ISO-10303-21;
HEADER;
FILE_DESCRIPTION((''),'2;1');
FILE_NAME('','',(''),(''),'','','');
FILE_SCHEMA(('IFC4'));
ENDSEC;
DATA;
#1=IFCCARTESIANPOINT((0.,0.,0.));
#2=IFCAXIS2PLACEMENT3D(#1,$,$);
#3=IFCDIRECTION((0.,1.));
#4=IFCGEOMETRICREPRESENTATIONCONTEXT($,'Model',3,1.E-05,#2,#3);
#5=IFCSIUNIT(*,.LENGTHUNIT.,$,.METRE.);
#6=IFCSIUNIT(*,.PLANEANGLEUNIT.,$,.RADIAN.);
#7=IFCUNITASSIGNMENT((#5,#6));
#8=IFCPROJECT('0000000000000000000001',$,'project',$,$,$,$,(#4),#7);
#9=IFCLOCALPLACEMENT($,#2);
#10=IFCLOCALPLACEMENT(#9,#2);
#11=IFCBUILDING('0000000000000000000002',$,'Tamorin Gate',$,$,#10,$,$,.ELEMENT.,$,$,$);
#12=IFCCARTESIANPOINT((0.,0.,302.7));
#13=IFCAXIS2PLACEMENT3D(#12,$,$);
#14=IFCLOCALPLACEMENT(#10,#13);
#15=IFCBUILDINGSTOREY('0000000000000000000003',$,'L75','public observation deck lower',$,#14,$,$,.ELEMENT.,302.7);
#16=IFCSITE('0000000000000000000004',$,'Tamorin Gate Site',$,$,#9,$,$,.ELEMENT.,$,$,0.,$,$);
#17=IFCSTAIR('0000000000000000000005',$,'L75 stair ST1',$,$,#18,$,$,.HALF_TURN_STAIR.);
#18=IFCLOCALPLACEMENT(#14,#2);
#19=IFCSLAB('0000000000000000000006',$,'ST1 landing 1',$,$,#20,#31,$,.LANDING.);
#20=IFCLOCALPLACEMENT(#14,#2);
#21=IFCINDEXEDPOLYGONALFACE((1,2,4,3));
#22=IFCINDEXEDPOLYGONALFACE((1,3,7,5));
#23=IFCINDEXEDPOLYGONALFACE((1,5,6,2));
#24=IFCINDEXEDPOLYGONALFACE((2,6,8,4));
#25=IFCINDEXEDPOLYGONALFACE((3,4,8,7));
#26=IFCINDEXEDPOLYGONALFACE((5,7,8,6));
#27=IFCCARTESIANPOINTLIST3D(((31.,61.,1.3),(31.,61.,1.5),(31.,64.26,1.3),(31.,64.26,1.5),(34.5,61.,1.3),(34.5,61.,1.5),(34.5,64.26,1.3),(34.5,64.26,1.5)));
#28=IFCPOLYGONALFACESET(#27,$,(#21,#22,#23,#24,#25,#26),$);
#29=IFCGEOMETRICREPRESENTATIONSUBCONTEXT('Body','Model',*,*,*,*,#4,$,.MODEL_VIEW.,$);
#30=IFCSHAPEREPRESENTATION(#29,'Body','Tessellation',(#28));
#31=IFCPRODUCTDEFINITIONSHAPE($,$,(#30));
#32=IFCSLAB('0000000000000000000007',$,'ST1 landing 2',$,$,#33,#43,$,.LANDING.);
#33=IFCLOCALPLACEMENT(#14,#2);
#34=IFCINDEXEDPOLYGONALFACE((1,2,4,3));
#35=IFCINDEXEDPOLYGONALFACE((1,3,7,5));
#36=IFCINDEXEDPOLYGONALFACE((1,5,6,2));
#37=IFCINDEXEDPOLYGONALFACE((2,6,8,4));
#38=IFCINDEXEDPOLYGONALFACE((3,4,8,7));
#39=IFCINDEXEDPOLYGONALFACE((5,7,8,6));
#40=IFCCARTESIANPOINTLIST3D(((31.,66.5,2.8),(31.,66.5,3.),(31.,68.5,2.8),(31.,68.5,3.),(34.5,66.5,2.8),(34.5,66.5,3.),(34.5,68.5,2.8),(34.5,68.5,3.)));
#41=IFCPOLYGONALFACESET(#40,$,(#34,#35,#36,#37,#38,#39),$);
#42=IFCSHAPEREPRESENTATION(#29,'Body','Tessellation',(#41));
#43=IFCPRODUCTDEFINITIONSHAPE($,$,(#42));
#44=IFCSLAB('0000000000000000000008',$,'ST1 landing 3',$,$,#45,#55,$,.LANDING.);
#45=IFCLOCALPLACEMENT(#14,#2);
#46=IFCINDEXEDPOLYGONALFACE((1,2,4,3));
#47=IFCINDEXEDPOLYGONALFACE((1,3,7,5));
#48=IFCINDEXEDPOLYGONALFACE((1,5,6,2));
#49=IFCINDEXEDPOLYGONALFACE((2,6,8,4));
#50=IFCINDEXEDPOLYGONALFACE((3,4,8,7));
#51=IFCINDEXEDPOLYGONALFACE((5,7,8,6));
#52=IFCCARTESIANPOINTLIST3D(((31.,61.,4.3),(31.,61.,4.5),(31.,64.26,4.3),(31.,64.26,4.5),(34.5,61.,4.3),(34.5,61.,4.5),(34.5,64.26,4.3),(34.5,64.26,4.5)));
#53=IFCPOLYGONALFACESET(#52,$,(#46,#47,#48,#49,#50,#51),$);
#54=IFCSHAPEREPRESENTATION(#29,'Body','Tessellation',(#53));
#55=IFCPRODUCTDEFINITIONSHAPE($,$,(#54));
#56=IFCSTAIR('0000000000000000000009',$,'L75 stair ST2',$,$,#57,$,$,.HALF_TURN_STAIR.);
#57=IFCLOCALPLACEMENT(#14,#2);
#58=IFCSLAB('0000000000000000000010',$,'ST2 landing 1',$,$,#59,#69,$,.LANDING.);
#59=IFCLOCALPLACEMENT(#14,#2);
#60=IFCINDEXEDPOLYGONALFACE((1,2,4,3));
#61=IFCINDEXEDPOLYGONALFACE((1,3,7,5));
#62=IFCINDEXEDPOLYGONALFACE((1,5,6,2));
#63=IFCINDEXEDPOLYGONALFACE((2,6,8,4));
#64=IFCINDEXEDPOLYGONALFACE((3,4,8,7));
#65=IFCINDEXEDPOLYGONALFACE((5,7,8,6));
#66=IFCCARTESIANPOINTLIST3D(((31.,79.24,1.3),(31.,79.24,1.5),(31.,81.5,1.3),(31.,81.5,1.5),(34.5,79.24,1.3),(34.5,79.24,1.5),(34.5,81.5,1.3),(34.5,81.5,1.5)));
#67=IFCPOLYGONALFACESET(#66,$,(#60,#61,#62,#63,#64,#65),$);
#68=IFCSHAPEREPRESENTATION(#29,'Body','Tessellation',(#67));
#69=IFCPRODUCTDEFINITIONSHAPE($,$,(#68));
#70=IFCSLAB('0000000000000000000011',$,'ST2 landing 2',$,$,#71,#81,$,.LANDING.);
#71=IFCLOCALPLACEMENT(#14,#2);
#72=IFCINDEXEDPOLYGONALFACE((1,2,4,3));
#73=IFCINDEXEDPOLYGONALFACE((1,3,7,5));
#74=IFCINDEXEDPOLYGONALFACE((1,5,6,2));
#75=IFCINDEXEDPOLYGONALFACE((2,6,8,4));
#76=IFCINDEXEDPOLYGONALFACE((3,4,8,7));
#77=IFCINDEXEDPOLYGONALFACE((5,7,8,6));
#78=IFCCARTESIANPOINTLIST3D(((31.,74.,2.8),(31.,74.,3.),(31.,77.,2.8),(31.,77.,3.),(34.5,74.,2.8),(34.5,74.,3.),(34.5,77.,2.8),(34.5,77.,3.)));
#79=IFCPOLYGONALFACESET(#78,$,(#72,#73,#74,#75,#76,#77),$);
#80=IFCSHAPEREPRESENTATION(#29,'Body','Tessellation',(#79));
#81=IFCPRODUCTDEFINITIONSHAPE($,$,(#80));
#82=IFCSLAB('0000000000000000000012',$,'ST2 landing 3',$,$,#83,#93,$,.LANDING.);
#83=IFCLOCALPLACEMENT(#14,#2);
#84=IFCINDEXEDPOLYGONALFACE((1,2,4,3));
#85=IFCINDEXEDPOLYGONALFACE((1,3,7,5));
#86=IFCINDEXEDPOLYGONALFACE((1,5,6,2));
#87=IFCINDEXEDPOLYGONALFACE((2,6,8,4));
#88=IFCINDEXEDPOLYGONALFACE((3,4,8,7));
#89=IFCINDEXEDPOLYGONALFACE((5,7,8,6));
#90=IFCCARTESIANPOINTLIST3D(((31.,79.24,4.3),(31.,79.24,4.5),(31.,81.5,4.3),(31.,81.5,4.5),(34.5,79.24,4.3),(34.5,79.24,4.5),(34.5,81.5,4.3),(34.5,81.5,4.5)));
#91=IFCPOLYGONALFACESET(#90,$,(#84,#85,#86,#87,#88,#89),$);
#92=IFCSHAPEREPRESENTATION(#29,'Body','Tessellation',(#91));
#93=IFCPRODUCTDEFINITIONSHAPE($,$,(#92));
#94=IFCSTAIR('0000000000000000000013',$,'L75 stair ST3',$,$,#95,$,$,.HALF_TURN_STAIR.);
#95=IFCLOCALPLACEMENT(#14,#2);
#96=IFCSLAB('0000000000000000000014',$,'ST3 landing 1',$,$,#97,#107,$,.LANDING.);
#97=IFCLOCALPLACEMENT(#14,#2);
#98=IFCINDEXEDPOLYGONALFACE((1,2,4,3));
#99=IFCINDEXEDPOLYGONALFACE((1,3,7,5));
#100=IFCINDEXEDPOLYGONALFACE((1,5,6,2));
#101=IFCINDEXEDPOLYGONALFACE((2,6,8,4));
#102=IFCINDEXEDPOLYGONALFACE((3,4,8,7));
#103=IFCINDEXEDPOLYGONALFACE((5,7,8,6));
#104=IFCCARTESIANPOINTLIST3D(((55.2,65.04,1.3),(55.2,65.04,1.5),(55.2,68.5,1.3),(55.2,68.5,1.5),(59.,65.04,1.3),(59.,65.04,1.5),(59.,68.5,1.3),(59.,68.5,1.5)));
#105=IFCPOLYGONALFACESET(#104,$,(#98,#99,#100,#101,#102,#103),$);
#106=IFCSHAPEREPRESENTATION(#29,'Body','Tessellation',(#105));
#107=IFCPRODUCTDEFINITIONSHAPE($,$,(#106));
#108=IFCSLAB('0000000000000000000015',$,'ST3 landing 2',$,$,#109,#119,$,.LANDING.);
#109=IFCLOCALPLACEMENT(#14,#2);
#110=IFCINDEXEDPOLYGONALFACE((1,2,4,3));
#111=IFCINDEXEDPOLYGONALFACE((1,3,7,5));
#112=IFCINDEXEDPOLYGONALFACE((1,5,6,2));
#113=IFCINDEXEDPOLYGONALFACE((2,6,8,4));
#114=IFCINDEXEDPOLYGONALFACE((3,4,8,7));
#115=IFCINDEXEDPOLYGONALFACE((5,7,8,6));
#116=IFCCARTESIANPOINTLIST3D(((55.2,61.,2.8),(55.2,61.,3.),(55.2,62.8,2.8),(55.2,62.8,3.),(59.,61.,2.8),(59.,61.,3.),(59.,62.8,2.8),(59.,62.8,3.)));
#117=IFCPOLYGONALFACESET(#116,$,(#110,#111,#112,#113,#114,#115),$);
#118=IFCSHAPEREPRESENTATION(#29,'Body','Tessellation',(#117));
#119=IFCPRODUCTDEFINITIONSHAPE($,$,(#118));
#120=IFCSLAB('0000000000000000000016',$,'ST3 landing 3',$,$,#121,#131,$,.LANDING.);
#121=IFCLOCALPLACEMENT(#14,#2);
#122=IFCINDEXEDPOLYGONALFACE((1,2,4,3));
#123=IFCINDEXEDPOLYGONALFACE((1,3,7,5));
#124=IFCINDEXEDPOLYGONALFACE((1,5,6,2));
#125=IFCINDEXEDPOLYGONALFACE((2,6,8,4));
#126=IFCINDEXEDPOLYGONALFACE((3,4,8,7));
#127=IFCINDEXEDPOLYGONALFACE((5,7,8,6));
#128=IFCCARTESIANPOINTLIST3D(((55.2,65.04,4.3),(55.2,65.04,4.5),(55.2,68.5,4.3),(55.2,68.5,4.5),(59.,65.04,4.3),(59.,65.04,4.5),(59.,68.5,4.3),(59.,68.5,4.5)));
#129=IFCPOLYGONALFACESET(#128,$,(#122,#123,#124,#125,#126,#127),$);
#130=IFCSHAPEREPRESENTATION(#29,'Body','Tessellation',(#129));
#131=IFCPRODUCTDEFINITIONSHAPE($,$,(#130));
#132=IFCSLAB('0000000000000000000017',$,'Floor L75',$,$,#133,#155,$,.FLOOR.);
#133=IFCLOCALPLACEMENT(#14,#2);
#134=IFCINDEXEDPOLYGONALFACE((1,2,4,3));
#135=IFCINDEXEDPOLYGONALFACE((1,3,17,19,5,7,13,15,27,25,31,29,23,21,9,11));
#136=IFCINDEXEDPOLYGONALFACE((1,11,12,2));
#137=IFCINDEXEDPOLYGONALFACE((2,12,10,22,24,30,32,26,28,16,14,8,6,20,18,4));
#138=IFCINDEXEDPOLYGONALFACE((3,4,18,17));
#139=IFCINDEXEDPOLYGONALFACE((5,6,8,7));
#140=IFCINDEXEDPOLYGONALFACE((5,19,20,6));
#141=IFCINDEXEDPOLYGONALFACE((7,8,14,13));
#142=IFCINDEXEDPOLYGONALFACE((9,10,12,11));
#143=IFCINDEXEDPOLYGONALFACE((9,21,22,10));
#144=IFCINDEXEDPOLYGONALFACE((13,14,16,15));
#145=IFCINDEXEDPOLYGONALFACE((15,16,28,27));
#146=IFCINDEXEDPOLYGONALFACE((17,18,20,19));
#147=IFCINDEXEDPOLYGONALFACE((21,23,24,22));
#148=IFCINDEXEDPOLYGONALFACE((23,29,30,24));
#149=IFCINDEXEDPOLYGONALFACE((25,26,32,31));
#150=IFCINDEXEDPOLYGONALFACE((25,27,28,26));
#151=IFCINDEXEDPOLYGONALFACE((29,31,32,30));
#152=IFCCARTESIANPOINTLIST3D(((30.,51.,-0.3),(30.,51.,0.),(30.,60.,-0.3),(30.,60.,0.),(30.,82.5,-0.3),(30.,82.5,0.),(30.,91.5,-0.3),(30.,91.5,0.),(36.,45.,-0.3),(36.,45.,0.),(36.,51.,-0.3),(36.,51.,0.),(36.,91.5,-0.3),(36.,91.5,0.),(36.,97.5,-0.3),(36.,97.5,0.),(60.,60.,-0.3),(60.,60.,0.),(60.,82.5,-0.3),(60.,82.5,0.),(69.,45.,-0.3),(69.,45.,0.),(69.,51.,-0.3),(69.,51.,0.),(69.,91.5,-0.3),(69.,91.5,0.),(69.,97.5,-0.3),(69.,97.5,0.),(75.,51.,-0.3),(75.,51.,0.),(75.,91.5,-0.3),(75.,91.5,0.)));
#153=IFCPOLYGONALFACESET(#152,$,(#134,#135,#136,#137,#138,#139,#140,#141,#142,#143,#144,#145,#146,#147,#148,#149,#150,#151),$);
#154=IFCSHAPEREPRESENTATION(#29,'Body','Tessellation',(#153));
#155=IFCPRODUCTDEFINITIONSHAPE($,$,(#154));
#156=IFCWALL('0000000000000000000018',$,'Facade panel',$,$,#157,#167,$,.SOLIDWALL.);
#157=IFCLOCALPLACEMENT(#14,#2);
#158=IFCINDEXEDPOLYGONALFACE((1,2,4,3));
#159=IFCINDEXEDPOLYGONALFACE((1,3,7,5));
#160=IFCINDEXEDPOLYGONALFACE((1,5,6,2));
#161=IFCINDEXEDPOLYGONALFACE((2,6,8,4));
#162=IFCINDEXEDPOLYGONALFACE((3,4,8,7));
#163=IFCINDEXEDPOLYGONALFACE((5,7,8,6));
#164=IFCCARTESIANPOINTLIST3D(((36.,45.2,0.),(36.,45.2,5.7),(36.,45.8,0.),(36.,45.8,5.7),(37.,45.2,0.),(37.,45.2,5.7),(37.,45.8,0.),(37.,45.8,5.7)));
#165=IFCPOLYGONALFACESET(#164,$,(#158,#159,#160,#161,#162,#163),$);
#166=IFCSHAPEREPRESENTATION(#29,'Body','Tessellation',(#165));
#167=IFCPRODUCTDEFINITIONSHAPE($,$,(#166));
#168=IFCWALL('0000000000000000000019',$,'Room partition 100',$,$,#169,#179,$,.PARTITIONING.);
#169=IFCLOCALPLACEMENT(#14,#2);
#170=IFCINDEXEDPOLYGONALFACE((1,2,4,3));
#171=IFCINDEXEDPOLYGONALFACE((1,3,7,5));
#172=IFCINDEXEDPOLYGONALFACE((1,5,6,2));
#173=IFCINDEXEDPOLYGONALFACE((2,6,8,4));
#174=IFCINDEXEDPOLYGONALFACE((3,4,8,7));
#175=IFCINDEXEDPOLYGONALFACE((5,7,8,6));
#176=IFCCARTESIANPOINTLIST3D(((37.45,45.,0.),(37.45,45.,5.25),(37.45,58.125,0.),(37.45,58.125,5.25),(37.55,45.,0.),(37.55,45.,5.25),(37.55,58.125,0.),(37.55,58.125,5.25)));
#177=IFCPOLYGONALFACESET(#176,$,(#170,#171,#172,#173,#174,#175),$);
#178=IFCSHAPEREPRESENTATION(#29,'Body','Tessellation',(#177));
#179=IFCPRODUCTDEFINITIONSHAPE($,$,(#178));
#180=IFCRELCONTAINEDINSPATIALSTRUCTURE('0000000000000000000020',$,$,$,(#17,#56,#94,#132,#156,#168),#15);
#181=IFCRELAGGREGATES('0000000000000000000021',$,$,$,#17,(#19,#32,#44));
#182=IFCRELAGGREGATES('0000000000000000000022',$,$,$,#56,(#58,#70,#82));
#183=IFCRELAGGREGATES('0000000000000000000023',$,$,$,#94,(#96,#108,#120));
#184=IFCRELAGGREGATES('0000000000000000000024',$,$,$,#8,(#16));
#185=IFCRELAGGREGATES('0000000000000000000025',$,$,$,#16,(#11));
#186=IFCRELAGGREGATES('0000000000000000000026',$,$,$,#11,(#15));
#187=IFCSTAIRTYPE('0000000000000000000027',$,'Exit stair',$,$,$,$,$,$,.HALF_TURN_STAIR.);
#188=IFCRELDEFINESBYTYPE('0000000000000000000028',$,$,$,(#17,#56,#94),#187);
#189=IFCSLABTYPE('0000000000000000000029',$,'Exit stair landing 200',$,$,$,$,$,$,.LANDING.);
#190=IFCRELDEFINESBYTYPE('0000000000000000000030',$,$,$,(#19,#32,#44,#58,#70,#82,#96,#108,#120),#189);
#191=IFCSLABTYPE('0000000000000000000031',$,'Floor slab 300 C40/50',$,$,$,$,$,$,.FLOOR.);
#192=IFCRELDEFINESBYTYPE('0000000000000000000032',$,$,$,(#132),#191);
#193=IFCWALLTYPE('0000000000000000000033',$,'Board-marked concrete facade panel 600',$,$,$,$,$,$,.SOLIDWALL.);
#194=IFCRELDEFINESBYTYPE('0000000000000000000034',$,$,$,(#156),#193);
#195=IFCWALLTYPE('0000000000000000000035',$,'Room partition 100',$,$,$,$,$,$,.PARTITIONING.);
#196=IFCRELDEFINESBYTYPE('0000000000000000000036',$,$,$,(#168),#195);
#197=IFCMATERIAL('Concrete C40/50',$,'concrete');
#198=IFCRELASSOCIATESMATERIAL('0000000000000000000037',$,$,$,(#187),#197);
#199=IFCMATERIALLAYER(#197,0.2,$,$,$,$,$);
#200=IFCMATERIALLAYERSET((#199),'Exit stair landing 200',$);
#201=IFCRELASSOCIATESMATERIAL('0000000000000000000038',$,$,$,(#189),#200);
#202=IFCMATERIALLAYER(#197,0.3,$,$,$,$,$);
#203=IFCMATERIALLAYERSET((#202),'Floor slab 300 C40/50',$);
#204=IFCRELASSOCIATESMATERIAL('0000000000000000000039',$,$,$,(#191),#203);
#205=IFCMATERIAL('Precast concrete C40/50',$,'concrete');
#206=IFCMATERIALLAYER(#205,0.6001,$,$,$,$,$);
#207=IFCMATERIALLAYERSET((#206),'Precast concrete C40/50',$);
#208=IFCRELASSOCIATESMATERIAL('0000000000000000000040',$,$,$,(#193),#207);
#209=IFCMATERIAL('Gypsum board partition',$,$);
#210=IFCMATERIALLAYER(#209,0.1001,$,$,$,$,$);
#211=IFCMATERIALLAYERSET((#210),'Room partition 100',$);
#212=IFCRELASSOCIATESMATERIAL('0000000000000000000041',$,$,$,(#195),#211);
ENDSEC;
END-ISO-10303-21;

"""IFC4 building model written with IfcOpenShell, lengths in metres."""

from ifc_helpers import new_model, si_unit, direction, frame, frame_2d, origin, place, context, subcontext, project, spatial, polyline, rectangle, outline, extrude, material, layer, layer_set, type_object, element, aggregate, save


model = new_model("IFC4")

# Units and contexts
model_context = context("Model", 3, precision=1e-05, world=origin(), true_north=direction((0.0, 1.0)))
body_context = subcontext(model_context, "Body", "Model", "MODEL_VIEW")
ifc_project = project(units=[si_unit("LENGTHUNIT", "METRE"), si_unit("PLANEANGLEUNIT", "RADIAN")], contexts=[model_context])

# Site, building, storey
site_placement = place(None, origin())
site = spatial("IfcSite", under=ifc_project, at=site_placement, Name="Tamorin Gate Site", CompositionType="ELEMENT", RefElevation=0.0)
building_placement = place(site_placement, origin())
building = spatial("IfcBuilding", under=site, at=building_placement, Name="Tamorin Gate", CompositionType="ELEMENT")
storey_placement = place(building_placement, frame((0.0, 0.0, 302.7)))
storey = spatial("IfcBuildingStorey", under=building, at=storey_placement, Name="L75", Description="public observation deck lower", CompositionType="ELEMENT", Elevation=302.7)

# Shared definitions
ifc_material_1 = material(Name="Concrete C40/50", Category="concrete")

# Stairs, slabs
stair_type = type_object("IfcStairType", Name="Exit stair", PredefinedType="HALF_TURN_STAIR", material=ifc_material_1)
stair_1_placement = place(storey_placement, origin())
stair_1 = element("IfcStair", 1, at=stair_1_placement, inside=storey, type_object=stair_type, Name="L75 stair ST1", PredefinedType="HALF_TURN_STAIR")
ifc_layer_1 = layer(ifc_material_1, 0.2)
ifc_layer_set_1 = layer_set([ifc_layer_1], Name="Exit stair landing 200")
slab_type_1 = type_object("IfcSlabType", Name="Exit stair landing 200", PredefinedType="LANDING", material=ifc_layer_set_1)
slab_1_placement = place(storey_placement, frame((0.0, 0.0, 1.3)))
slab_1 = element("IfcSlab", 2, at=slab_1_placement, type_object=slab_type_1, Name="ST1 landing 1", PredefinedType="LANDING", context=body_context, shape_type="SweptSolid", body=[
    extrude(outline(polyline([(31.0, 64.26), (31.0, 61.0), (34.5, 61.0), (34.5, 64.26), (31.0, 64.26)])), origin(), (0.0, 0.0, 1.0), 0.2),
])
slab_2_placement = place(storey_placement, frame((0.0, 0.0, 2.8)))
slab_2 = element("IfcSlab", 3, at=slab_2_placement, type_object=slab_type_1, Name="ST1 landing 2", PredefinedType="LANDING", context=body_context, shape_type="SweptSolid", body=[
    extrude(outline(polyline([(31.0, 68.5), (31.0, 66.5), (34.5, 66.5), (34.5, 68.5), (31.0, 68.5)])), origin(), (0.0, 0.0, 1.0), 0.2),
])
slab_3_placement = place(storey_placement, frame((0.0, 0.0, 4.3)))
slab_3 = element("IfcSlab", 4, at=slab_3_placement, type_object=slab_type_1, Name="ST1 landing 3", PredefinedType="LANDING", context=body_context, shape_type="SweptSolid", body=[
    extrude(outline(polyline([(31.0, 64.26), (31.0, 61.0), (34.5, 61.0), (34.5, 64.26), (31.0, 64.26)])), origin(), (0.0, 0.0, 1.0), 0.2),
])
aggregate(stair_1, [slab_1, slab_2, slab_3])
stair_2_placement = place(storey_placement, origin())
stair_2 = element("IfcStair", 5, at=stair_2_placement, inside=storey, type_object=stair_type, Name="L75 stair ST2", PredefinedType="HALF_TURN_STAIR")
slab_4_placement = place(storey_placement, frame((0.0, 0.0, 1.3)))
slab_4 = element("IfcSlab", 6, at=slab_4_placement, type_object=slab_type_1, Name="ST2 landing 1", PredefinedType="LANDING", context=body_context, shape_type="SweptSolid", body=[
    extrude(outline(polyline([(34.5, 79.24), (34.5, 81.5), (31.0, 81.5), (31.0, 79.24), (34.5, 79.24)])), origin(), (0.0, 0.0, 1.0), 0.2),
])
slab_5_placement = place(storey_placement, frame((0.0, 0.0, 2.8)))
slab_5 = element("IfcSlab", 7, at=slab_5_placement, type_object=slab_type_1, Name="ST2 landing 2", PredefinedType="LANDING", context=body_context, shape_type="SweptSolid", body=[
    extrude(outline(polyline([(34.5, 74.0), (34.5, 77.0), (31.0, 77.0), (31.0, 74.0), (34.5, 74.0)])), origin(), (0.0, 0.0, 1.0), 0.2),
])
slab_6_placement = place(storey_placement, frame((0.0, 0.0, 4.3)))
slab_6 = element("IfcSlab", 8, at=slab_6_placement, type_object=slab_type_1, Name="ST2 landing 3", PredefinedType="LANDING", context=body_context, shape_type="SweptSolid", body=[
    extrude(outline(polyline([(34.5, 79.24), (34.5, 81.5), (31.0, 81.5), (31.0, 79.24), (34.5, 79.24)])), origin(), (0.0, 0.0, 1.0), 0.2),
])
aggregate(stair_2, [slab_4, slab_5, slab_6])
stair_3_placement = place(storey_placement, origin())
stair_3 = element("IfcStair", 9, at=stair_3_placement, inside=storey, type_object=stair_type, Name="L75 stair ST3", PredefinedType="HALF_TURN_STAIR")
slab_7_placement = place(storey_placement, frame((0.0, 0.0, 1.3)))
slab_7 = element("IfcSlab", 10, at=slab_7_placement, type_object=slab_type_1, Name="ST3 landing 1", PredefinedType="LANDING", context=body_context, shape_type="SweptSolid", body=[
    extrude(outline(polyline([(59.0, 65.04), (59.0, 68.5), (55.2, 68.5), (55.2, 65.04), (59.0, 65.04)])), origin(), (0.0, 0.0, 1.0), 0.2),
])
slab_8_placement = place(storey_placement, frame((0.0, 0.0, 2.8)))
slab_8 = element("IfcSlab", 11, at=slab_8_placement, type_object=slab_type_1, Name="ST3 landing 2", PredefinedType="LANDING", context=body_context, shape_type="SweptSolid", body=[
    extrude(outline(polyline([(59.0, 61.0), (59.0, 62.8), (55.2, 62.8), (55.2, 61.0), (59.0, 61.0)])), origin(), (0.0, 0.0, 1.0), 0.2),
])
slab_9_placement = place(storey_placement, frame((0.0, 0.0, 4.3)))
slab_9 = element("IfcSlab", 12, at=slab_9_placement, type_object=slab_type_1, Name="ST3 landing 3", PredefinedType="LANDING", context=body_context, shape_type="SweptSolid", body=[
    extrude(outline(polyline([(59.0, 65.04), (59.0, 68.5), (55.2, 68.5), (55.2, 65.04), (59.0, 65.04)])), origin(), (0.0, 0.0, 1.0), 0.2),
])
aggregate(stair_3, [slab_7, slab_8, slab_9])

# Slab
ifc_layer_2 = layer(ifc_material_1, 0.3)
ifc_layer_set_2 = layer_set([ifc_layer_2], Name="Floor slab 300 C40/50")
slab_type_2 = type_object("IfcSlabType", Name="Floor slab 300 C40/50", PredefinedType="FLOOR", material=ifc_layer_set_2)
slab_10_placement = place(storey_placement, frame((0.0, 0.0, -0.3)))
element("IfcSlab", 13, at=slab_10_placement, inside=storey, type_object=slab_type_2, Name="Floor L75", PredefinedType="FLOOR", context=body_context, shape_type="SweptSolid", body=[
    extrude(outline(polyline([(30.0, 91.5), (36.0, 91.5), (36.0, 97.5), (69.0, 97.5), (69.0, 91.5), (75.0, 91.5), (75.0, 51.0), (69.0, 51.0), (69.0, 45.0), (36.0, 45.0), (36.0, 51.0), (30.0, 51.0), (30.0, 60.0), (60.0, 60.0), (60.0, 82.5), (30.0, 82.5), (30.0, 91.5)])), origin(), (0.0, 0.0, 1.0), 0.3),
])

# Walls
ifc_material_2 = material(Name="Precast concrete C40/50", Category="concrete")
ifc_layer_3 = layer(ifc_material_2, 0.6001)
ifc_layer_set_3 = layer_set([ifc_layer_3], Name="Precast concrete C40/50")
wall_type_1 = type_object("IfcWallType", Name="Board-marked concrete facade panel 600", PredefinedType="SOLIDWALL", material=ifc_layer_set_3)
wall_1_placement = place(storey_placement, frame((36.0, 45.5, 0.0), z_axis=(0.0, 0.0, 1.0), x_axis=(1.0, 0.0, 0.0)))
element("IfcWall", 14, at=wall_1_placement, inside=storey, type_object=wall_type_1, Name="Facade panel", PredefinedType="SOLIDWALL", context=body_context, shape_type="SweptSolid", body=[
    extrude(rectangle(XDim=1.0, YDim=0.6001, at=frame_2d((0.5, 0.0))), origin(), (0.0, 0.0, 1.0), 5.7),
])
ifc_material_3 = material(Name="Gypsum board partition")
ifc_layer_4 = layer(ifc_material_3, 0.1001)
ifc_layer_set_4 = layer_set([ifc_layer_4], Name="Room partition 100")
wall_type_2 = type_object("IfcWallType", Name="Room partition 100", PredefinedType="PARTITIONING", material=ifc_layer_set_4)
wall_2_placement = place(storey_placement, frame((37.5, 45.0, 0.0), z_axis=(0.0, 0.0, 1.0), x_axis=(0.0, 1.0, 0.0)))
element("IfcWall", 15, at=wall_2_placement, inside=storey, type_object=wall_type_2, Name="Room partition 100", PredefinedType="PARTITIONING", context=body_context, shape_type="SweptSolid", body=[
    extrude(rectangle(XDim=13.125, YDim=0.1001, at=frame_2d((6.5625, 0.0))), origin(), (0.0, 0.0, 1.0), 5.25),
])

save(model, "model.ifc")
